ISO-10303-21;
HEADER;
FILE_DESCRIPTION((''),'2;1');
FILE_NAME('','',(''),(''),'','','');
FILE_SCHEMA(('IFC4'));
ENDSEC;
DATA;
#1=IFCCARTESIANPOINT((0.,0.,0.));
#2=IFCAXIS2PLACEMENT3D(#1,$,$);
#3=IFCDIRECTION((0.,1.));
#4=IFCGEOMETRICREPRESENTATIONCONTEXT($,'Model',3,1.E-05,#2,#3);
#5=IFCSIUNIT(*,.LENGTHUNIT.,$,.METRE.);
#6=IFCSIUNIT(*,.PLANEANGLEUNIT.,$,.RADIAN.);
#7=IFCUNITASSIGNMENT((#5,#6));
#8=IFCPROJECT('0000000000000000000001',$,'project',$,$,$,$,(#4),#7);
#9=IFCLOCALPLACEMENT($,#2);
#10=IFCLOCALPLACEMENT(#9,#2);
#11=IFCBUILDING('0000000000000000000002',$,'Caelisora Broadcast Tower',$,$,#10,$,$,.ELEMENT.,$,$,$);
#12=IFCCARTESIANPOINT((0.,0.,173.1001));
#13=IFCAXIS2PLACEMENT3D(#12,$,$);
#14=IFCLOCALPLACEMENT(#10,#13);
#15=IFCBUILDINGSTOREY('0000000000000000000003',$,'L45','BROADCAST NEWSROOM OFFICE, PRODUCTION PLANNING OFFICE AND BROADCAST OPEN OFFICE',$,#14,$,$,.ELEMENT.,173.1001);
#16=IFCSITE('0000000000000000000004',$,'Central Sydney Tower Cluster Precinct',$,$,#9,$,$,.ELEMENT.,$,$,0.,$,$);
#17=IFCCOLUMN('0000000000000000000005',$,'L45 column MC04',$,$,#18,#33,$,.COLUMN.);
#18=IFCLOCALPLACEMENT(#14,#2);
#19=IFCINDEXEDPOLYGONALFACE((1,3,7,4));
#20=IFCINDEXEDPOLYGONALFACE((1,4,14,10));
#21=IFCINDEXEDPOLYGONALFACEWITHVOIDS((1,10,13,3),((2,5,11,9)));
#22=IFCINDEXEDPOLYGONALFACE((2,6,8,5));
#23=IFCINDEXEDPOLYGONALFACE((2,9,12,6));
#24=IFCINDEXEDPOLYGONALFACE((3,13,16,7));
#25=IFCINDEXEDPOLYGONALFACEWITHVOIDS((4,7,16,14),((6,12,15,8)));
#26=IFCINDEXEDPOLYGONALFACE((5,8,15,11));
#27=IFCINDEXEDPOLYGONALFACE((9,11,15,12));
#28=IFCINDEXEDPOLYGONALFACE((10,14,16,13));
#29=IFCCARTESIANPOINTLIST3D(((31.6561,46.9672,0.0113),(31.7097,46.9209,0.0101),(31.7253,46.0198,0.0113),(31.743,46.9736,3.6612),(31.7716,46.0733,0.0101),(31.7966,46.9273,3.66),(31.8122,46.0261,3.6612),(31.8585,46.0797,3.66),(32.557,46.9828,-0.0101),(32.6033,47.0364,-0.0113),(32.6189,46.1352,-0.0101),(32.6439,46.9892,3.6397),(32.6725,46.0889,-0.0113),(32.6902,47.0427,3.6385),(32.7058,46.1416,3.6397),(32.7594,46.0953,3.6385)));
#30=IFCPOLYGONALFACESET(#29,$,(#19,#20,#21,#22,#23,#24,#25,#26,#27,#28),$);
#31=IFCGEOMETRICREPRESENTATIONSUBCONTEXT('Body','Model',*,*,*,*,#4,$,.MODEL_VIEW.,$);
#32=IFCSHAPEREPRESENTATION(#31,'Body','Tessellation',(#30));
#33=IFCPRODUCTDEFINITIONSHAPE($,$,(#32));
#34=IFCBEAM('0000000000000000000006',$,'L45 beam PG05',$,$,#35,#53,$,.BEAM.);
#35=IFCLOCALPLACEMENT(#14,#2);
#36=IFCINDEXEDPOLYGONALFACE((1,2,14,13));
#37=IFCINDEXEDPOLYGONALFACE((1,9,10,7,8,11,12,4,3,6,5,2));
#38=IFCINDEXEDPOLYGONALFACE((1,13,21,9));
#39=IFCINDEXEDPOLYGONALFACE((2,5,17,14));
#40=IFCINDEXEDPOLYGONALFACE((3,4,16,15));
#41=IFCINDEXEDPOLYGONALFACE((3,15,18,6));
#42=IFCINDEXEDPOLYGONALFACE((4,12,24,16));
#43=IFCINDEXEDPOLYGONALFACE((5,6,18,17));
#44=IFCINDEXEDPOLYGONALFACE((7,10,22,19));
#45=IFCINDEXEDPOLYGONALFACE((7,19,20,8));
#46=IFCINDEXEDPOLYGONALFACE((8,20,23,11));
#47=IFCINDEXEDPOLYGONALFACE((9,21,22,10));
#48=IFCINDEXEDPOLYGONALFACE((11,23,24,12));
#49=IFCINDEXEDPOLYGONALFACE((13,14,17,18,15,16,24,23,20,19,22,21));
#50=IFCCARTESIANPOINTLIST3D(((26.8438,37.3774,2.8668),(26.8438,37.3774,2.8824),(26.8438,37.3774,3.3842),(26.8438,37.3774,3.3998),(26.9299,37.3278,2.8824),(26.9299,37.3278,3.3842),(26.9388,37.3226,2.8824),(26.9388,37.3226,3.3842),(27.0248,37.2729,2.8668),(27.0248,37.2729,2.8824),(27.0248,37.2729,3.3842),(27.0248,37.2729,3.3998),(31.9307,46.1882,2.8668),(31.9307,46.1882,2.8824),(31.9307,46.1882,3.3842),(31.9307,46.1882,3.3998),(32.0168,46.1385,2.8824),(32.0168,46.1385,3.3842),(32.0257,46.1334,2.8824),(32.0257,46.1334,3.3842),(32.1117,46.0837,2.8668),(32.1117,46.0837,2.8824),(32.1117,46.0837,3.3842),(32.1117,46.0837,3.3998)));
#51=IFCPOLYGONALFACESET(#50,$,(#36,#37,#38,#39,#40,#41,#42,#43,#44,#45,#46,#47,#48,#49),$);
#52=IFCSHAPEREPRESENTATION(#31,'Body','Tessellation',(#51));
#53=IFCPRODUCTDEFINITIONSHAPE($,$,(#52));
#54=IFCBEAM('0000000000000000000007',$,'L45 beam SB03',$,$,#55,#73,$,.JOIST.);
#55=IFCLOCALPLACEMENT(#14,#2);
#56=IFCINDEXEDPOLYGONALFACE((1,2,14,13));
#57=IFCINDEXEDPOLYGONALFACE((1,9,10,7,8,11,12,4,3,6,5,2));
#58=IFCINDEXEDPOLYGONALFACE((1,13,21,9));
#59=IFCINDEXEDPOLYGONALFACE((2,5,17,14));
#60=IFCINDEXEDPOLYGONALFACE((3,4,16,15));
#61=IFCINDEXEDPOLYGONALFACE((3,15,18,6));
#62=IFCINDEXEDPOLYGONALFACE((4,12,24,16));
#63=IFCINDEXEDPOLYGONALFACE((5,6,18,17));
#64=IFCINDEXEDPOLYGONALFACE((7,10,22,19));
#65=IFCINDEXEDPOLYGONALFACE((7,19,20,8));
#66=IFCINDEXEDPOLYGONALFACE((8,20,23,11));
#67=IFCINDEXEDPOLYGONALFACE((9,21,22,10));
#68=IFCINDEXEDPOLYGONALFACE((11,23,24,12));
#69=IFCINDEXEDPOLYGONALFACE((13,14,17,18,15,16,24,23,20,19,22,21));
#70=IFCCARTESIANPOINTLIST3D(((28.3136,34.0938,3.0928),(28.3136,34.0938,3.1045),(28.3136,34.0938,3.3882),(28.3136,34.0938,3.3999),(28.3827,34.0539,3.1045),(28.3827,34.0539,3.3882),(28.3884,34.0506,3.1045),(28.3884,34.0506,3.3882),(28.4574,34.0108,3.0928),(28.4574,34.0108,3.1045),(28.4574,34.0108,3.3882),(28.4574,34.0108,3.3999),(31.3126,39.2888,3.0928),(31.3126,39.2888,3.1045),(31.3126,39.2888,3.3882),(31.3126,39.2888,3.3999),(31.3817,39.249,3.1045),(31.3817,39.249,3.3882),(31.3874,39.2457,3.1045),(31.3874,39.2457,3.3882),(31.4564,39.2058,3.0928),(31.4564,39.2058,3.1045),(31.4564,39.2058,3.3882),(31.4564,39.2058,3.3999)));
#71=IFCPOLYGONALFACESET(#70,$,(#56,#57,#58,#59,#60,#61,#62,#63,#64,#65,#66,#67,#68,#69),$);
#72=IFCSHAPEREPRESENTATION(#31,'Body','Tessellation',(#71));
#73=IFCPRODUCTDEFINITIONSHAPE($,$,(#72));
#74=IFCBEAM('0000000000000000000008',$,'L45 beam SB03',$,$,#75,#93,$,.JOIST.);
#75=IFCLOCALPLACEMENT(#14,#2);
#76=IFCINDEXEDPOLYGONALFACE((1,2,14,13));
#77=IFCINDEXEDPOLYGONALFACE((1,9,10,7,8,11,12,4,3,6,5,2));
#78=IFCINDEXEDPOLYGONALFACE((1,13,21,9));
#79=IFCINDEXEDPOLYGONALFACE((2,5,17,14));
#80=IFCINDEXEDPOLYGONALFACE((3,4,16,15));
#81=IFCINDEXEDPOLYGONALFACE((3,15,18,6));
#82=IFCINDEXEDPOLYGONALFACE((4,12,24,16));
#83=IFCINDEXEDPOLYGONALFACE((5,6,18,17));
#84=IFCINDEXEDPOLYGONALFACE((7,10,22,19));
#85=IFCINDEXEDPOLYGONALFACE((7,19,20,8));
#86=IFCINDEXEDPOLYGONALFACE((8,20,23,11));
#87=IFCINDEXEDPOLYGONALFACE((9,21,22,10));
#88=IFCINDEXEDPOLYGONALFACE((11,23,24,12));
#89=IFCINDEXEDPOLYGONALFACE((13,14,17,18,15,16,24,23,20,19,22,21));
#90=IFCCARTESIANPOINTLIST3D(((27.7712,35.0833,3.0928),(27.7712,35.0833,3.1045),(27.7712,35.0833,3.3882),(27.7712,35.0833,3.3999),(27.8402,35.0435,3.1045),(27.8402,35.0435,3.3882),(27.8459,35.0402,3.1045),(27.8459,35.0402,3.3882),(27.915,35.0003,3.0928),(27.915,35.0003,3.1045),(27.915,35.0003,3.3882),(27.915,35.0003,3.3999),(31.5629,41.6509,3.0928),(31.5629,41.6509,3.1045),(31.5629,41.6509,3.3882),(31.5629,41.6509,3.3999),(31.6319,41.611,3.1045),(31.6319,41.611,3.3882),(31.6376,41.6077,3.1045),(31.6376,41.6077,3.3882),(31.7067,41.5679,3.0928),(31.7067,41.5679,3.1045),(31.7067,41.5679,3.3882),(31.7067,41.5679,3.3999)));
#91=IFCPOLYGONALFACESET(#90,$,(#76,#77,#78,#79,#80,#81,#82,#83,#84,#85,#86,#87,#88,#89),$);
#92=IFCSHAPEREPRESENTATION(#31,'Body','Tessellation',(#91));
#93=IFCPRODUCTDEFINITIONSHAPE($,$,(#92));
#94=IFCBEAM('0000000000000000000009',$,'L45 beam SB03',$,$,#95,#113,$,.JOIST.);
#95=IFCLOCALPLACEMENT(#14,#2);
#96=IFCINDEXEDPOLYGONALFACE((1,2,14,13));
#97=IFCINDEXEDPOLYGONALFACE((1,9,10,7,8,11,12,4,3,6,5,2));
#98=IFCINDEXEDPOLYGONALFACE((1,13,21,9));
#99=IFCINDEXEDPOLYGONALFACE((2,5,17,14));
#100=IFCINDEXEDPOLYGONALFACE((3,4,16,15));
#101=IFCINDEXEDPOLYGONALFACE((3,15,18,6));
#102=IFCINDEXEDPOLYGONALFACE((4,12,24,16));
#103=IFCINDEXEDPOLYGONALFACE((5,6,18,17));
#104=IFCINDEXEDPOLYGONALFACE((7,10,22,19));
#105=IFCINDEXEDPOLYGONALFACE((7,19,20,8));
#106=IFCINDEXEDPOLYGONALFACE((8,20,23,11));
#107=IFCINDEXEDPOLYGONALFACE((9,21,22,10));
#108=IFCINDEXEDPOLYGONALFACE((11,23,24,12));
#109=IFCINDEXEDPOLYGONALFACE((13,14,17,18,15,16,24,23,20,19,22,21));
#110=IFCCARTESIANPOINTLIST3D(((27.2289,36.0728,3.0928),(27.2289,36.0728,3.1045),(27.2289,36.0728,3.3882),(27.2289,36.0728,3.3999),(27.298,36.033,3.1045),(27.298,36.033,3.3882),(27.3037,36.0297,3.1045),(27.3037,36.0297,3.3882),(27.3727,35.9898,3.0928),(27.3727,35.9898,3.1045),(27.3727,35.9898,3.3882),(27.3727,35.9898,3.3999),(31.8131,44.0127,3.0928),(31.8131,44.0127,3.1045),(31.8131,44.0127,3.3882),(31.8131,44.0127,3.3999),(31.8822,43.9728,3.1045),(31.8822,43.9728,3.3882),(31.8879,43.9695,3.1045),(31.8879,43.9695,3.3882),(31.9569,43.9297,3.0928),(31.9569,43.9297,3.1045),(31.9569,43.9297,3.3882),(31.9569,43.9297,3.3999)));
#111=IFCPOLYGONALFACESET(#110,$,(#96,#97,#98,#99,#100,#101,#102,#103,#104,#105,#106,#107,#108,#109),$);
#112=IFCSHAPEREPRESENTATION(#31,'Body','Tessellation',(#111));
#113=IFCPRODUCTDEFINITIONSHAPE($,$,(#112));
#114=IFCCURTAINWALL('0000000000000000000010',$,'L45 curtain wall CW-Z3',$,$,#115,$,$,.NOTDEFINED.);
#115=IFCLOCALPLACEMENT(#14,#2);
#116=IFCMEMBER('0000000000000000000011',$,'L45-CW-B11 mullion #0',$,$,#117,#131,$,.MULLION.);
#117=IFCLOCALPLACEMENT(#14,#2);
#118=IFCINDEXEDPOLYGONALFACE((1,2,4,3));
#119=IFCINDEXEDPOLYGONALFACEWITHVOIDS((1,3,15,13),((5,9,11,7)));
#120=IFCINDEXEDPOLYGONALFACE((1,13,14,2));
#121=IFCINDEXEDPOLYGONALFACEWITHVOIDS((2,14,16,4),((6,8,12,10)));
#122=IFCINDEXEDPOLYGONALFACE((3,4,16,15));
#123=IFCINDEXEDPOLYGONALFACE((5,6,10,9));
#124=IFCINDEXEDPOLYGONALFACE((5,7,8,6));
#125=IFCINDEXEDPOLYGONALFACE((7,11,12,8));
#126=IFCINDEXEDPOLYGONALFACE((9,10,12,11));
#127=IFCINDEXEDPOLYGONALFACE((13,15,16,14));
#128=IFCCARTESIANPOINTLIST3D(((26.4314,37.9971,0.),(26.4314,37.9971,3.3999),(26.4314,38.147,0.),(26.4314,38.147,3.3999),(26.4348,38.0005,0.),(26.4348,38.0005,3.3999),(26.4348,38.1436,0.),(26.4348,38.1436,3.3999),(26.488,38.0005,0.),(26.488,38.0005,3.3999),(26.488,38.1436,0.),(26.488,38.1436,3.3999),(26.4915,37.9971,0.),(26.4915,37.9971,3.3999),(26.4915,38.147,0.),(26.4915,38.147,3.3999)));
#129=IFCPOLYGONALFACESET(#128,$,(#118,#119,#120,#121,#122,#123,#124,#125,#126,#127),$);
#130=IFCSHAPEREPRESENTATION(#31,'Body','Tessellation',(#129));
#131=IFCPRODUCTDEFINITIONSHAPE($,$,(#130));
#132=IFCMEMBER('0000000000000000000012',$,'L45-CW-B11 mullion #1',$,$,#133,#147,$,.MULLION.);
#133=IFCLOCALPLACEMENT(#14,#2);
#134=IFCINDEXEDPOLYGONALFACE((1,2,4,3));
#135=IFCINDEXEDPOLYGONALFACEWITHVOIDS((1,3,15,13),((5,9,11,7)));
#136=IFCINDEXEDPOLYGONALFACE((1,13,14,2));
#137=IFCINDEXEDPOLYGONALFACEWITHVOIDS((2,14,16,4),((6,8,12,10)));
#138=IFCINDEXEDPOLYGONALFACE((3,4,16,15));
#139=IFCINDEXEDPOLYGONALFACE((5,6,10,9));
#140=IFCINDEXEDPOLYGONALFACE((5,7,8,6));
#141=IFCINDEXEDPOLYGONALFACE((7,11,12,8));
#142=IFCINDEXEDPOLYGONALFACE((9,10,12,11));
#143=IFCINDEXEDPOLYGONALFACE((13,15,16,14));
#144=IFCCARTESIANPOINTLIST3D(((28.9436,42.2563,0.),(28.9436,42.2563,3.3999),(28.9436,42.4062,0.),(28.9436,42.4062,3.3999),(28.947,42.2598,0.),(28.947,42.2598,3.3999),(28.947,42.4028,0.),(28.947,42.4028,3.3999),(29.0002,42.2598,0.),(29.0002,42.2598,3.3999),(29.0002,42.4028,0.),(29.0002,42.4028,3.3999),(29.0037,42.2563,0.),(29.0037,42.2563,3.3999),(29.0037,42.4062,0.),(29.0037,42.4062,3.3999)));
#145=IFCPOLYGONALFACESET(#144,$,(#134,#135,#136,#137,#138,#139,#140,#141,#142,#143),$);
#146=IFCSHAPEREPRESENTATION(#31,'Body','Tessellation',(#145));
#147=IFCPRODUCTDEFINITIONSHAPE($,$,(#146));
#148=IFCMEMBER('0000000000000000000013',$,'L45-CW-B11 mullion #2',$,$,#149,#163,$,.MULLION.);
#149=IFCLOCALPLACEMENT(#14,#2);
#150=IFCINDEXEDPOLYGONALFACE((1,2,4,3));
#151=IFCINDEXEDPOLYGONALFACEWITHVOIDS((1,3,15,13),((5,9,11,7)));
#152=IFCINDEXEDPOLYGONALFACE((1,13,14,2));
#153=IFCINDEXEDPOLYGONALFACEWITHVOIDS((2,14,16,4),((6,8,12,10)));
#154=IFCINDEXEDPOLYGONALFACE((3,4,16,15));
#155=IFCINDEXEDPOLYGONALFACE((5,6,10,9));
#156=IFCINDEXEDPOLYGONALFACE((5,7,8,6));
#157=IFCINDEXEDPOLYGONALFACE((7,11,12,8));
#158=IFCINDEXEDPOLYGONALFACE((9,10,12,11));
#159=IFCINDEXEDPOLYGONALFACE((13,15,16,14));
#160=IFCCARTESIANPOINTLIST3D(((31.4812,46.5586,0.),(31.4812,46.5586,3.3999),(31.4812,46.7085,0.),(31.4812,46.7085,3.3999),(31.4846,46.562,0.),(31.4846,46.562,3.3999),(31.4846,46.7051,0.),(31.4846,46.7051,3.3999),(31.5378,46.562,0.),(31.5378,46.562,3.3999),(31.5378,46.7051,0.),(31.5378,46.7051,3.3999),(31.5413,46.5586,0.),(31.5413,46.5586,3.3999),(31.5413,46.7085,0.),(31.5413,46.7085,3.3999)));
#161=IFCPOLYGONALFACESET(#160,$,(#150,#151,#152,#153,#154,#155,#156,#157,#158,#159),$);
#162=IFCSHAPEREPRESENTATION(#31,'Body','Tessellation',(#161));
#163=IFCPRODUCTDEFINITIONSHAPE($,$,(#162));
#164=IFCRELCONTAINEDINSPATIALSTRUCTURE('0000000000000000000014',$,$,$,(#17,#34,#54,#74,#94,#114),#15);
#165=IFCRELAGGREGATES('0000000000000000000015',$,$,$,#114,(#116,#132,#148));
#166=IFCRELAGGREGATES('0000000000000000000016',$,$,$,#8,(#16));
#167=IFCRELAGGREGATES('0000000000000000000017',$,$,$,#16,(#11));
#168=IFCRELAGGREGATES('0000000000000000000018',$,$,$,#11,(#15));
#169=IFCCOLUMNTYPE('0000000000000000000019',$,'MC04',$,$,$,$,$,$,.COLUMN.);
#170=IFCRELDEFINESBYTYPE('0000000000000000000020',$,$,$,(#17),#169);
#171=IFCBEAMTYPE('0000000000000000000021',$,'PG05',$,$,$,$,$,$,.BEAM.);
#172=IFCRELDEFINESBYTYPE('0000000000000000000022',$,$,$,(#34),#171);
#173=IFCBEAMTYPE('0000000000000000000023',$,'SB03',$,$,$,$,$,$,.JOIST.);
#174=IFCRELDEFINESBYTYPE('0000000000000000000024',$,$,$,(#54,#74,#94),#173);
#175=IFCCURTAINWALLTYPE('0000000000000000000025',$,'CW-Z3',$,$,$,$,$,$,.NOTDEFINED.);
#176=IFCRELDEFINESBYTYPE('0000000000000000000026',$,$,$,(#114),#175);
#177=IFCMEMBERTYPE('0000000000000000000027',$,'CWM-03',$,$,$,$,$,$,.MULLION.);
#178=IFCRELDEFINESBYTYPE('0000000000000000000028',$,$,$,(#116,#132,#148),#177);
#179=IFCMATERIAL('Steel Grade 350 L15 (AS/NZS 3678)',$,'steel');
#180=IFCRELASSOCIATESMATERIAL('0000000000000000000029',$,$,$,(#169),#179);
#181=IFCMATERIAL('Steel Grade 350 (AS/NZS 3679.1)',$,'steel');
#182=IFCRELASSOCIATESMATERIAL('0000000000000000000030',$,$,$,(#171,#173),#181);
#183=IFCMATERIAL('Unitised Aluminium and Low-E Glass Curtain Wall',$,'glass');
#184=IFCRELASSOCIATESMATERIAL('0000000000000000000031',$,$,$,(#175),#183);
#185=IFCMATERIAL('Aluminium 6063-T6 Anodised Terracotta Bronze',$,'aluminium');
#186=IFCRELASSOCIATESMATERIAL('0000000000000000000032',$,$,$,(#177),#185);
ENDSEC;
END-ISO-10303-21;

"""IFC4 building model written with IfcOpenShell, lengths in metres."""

from ifc_helpers import new_model, si_unit, direction, frame, origin, origin_2d, place, context, subcontext, project, spatial, hollow_rectangle, i_section, extrude, source, transform, mapped, material, material_profile, profile_set, type_object, type_shapes, element, aggregate, save


model = new_model("IFC4")

# Units and contexts
model_context = context("Model", 3, precision=1e-05, world=origin(), true_north=direction((0.0, 1.0)))
body_context = subcontext(model_context, "Body", "Model", "MODEL_VIEW")
ifc_project = project(units=[si_unit("LENGTHUNIT", "METRE"), si_unit("PLANEANGLEUNIT", "RADIAN")], contexts=[model_context])

# Site, building, storey
site_placement = place(None, origin())
site = spatial("IfcSite", under=ifc_project, at=site_placement, Name="Central Sydney Tower Cluster Precinct", CompositionType="ELEMENT", RefElevation=0.0)
building_placement = place(site_placement, origin())
building = spatial("IfcBuilding", under=site, at=building_placement, Name="Caelisora Broadcast Tower", CompositionType="ELEMENT")
storey_placement = place(building_placement, frame((0.0, 0.0, 173.1001)))
storey = spatial("IfcBuildingStorey", under=building, at=storey_placement, Name="L45", Description="BROADCAST NEWSROOM OFFICE, PRODUCTION PLANNING OFFICE AND BROADCAST OPEN OFFICE", CompositionType="ELEMENT", Elevation=173.1001)

# Column
ifc_material_1 = material(Name="Steel Grade 350 L15 (AS/NZS 3678)", Category="steel")
ifc_material_profile_1 = material_profile(ifc_material_1, hollow_rectangle(XDim=0.95, YDim=0.95, WallThickness=0.05, at=origin_2d()), Name="Steel Grade 350 L15 (AS/NZS 3678)")
ifc_profile_set_1 = profile_set([ifc_material_profile_1], Name="Steel Grade 350 L15 (AS/NZS 3678)")
column_type = type_object("IfcColumnType", Name="MC04", PredefinedType="COLUMN", material=ifc_profile_set_1)
shared_shape_1 = source(origin(), body_context, "Body", "SweptSolid", [
    extrude(hollow_rectangle(XDim=0.95, YDim=0.95, WallThickness=0.05, at=origin_2d()), origin(), (0.0, 0.0, 1.0), 3.6509),
])
type_shapes(column_type, [shared_shape_1])
column_placement = place(storey_placement, frame((32.1643, 46.5281, 0.0), z_axis=(0.023806, 0.001739, 0.999715), x_axis=(-0.07284, 0.997344, 0.0)))
element("IfcColumn", 1, at=column_placement, inside=storey, type_object=column_type, Name="L45 column MC04", PredefinedType="COLUMN", context=body_context, shape_type="MappedRepresentation", body=[
    mapped(shared_shape_1, transform((0.0, 0.0, 0.0), scale=1.0)),
])

# Beams
ifc_material_2 = material(Name="Steel Grade 350 (AS/NZS 3679.1)", Category="steel")
ifc_material_profile_2 = material_profile(ifc_material_2, i_section(OverallWidth=0.209, OverallDepth=0.533, WebThickness=0.0103, FlangeThickness=0.0156, at=origin_2d()), Name="Steel Grade 350 (AS/NZS 3679.1)")
ifc_profile_set_2 = profile_set([ifc_material_profile_2], Name="Steel Grade 350 (AS/NZS 3679.1)")
beam_type_1 = type_object("IfcBeamType", Name="PG05", PredefinedType="BEAM", material=ifc_profile_set_2)
shared_shape_2 = source(origin(), body_context, "Body", "SweptSolid", [
    extrude(i_section(OverallWidth=0.209, OverallDepth=0.533, WebThickness=0.0103, FlangeThickness=0.0156, at=origin_2d()), origin(), (0.0, 0.0, 1.0), 10.1738),
])
type_shapes(beam_type_1, [shared_shape_2])
beam_1_placement = place(storey_placement, frame((32.0212, 46.136, 3.1333), z_axis=(-0.5, -0.866025, 0.0), x_axis=(0.866025, -0.5, 0.0)))
element("IfcBeam", 2, at=beam_1_placement, inside=storey, type_object=beam_type_1, Name="L45 beam PG05", PredefinedType="BEAM", context=body_context, shape_type="MappedRepresentation", body=[
    mapped(shared_shape_2, transform((0.0, 0.0, 0.0), scale=1.0)),
])
ifc_material_profile_3 = material_profile(ifc_material_2, i_section(OverallWidth=0.166, OverallDepth=0.3071, WebThickness=0.0066, FlangeThickness=0.0117, at=origin_2d()), Name="Steel Grade 350 (AS/NZS 3679.1)")
ifc_profile_set_3 = profile_set([ifc_material_profile_3], Name="Steel Grade 350 (AS/NZS 3679.1)")
beam_type_2 = type_object("IfcBeamType", Name="SB03", PredefinedType="JOIST", material=ifc_profile_set_3)
shared_shape_3 = source(origin(), body_context, "Body", "SweptSolid", [
    extrude(i_section(OverallWidth=0.166, OverallDepth=0.3071, WebThickness=0.0066, FlangeThickness=0.0117, at=origin_2d()), origin(), (0.0, 0.0, 1.0), 5.9985),
])
beam_2_placement = place(storey_placement, frame((31.3845, 39.2473, 3.2463), z_axis=(-0.499956, -0.866051, 0.0), x_axis=(0.866051, -0.499956, 0.0)))
element("IfcBeam", 3, at=beam_2_placement, inside=storey, type_object=beam_type_2, Name="L45 beam SB03", PredefinedType="JOIST", context=body_context, shape_type="MappedRepresentation", body=[
    mapped(shared_shape_3, transform((0.0, 0.0, 0.0), scale=1.0)),
])
shared_shape_4 = source(origin(), body_context, "Body", "SweptSolid", [
    extrude(i_section(OverallWidth=0.166, OverallDepth=0.3071, WebThickness=0.0066, FlangeThickness=0.0117, at=origin_2d()), origin(), (0.0, 0.0, 1.0), 7.5835),
])
beam_3_placement = place(storey_placement, frame((31.6348, 41.6094, 3.2463), z_axis=(-0.499993, -0.86603, 0.0), x_axis=(0.86603, -0.499993, 0.0)))
element("IfcBeam", 4, at=beam_3_placement, inside=storey, type_object=beam_type_2, Name="L45 beam SB03", PredefinedType="JOIST", context=body_context, shape_type="MappedRepresentation", body=[
    mapped(shared_shape_4, transform((0.0, 0.0, 0.0), scale=1.0)),
])
shared_shape_5 = source(origin(), body_context, "Body", "SweptSolid", [
    extrude(i_section(OverallWidth=0.166, OverallDepth=0.3071, WebThickness=0.0066, FlangeThickness=0.0117, at=origin_2d()), origin(), (0.0, 0.0, 1.0), 9.1682),
])
type_shapes(beam_type_2, [shared_shape_3, shared_shape_4, shared_shape_5])
beam_4_placement = place(storey_placement, frame((31.885, 43.9712, 3.2463), z_axis=(-0.500008, -0.866021, 0.0), x_axis=(0.866021, -0.500008, 0.0)))
element("IfcBeam", 5, at=beam_4_placement, inside=storey, type_object=beam_type_2, Name="L45 beam SB03", PredefinedType="JOIST", context=body_context, shape_type="MappedRepresentation", body=[
    mapped(shared_shape_5, transform((0.0, 0.0, 0.0), scale=1.0)),
])

# Curtain wall, members
ifc_material_3 = material(Name="Unitised Aluminium and Low-E Glass Curtain Wall", Category="glass")
curtain_wall_type = type_object("IfcCurtainWallType", Name="CW-Z3", PredefinedType="NOTDEFINED", material=ifc_material_3)
curtain_wall_placement = place(storey_placement, origin())
curtain_wall = element("IfcCurtainWall", 6, at=curtain_wall_placement, inside=storey, type_object=curtain_wall_type, Name="L45 curtain wall CW-Z3", PredefinedType="NOTDEFINED")
ifc_material_4 = material(Name="Aluminium 6063-T6 Anodised Terracotta Bronze", Category="aluminium")
ifc_material_profile_4 = material_profile(ifc_material_4, hollow_rectangle(XDim=0.0601, YDim=0.1499, WallThickness=0.0034, at=origin_2d()), Name="Aluminium 6063-T6 Anodised Terracotta Bronze")
ifc_profile_set_4 = profile_set([ifc_material_profile_4], Name="Aluminium 6063-T6 Anodised Terracotta Bronze")
member_type_1 = type_object("IfcMemberType", Name="CWM-03", PredefinedType="MULLION", material=ifc_profile_set_4)
shared_shape_6 = source(origin(), body_context, "Body", "SweptSolid", [
    extrude(hollow_rectangle(XDim=0.0601, YDim=0.1499, WallThickness=0.0034, at=origin_2d()), origin(), (0.0, 0.0, 1.0), 3.3999),
])
type_shapes(member_type_1, [shared_shape_6])
member_1_placement = place(storey_placement, frame((26.4614, 38.072, 0.0), z_axis=(0.0, 0.0, 1.0), x_axis=(1.0, 0.0, 0.0)))
member_1 = element("IfcMember", 7, at=member_1_placement, type_object=member_type_1, Name="L45-CW-B11 mullion #0", PredefinedType="MULLION", context=body_context, shape_type="MappedRepresentation", body=[
    mapped(shared_shape_6, transform((0.0, 0.0, 0.0), scale=1.0)),
])
member_2_placement = place(storey_placement, frame((28.9736, 42.3313, 0.0), z_axis=(0.0, 0.0, 1.0), x_axis=(1.0, 0.0, 0.0)))
member_2 = element("IfcMember", 8, at=member_2_placement, type_object=member_type_1, Name="L45-CW-B11 mullion #1", PredefinedType="MULLION", context=body_context, shape_type="MappedRepresentation", body=[
    mapped(shared_shape_6, transform((0.0, 0.0, 0.0), scale=1.0)),
])
member_3_placement = place(storey_placement, frame((31.5112, 46.6335, 0.0), z_axis=(0.0, 0.0, 1.0), x_axis=(1.0, 0.0, 0.0)))
member_3 = element("IfcMember", 9, at=member_3_placement, type_object=member_type_1, Name="L45-CW-B11 mullion #2", PredefinedType="MULLION", context=body_context, shape_type="MappedRepresentation", body=[
    mapped(shared_shape_6, transform((0.0, 0.0, 0.0), scale=1.0)),
])
aggregate(curtain_wall, [member_1, member_2, member_3])

save(model, "model.ifc")
